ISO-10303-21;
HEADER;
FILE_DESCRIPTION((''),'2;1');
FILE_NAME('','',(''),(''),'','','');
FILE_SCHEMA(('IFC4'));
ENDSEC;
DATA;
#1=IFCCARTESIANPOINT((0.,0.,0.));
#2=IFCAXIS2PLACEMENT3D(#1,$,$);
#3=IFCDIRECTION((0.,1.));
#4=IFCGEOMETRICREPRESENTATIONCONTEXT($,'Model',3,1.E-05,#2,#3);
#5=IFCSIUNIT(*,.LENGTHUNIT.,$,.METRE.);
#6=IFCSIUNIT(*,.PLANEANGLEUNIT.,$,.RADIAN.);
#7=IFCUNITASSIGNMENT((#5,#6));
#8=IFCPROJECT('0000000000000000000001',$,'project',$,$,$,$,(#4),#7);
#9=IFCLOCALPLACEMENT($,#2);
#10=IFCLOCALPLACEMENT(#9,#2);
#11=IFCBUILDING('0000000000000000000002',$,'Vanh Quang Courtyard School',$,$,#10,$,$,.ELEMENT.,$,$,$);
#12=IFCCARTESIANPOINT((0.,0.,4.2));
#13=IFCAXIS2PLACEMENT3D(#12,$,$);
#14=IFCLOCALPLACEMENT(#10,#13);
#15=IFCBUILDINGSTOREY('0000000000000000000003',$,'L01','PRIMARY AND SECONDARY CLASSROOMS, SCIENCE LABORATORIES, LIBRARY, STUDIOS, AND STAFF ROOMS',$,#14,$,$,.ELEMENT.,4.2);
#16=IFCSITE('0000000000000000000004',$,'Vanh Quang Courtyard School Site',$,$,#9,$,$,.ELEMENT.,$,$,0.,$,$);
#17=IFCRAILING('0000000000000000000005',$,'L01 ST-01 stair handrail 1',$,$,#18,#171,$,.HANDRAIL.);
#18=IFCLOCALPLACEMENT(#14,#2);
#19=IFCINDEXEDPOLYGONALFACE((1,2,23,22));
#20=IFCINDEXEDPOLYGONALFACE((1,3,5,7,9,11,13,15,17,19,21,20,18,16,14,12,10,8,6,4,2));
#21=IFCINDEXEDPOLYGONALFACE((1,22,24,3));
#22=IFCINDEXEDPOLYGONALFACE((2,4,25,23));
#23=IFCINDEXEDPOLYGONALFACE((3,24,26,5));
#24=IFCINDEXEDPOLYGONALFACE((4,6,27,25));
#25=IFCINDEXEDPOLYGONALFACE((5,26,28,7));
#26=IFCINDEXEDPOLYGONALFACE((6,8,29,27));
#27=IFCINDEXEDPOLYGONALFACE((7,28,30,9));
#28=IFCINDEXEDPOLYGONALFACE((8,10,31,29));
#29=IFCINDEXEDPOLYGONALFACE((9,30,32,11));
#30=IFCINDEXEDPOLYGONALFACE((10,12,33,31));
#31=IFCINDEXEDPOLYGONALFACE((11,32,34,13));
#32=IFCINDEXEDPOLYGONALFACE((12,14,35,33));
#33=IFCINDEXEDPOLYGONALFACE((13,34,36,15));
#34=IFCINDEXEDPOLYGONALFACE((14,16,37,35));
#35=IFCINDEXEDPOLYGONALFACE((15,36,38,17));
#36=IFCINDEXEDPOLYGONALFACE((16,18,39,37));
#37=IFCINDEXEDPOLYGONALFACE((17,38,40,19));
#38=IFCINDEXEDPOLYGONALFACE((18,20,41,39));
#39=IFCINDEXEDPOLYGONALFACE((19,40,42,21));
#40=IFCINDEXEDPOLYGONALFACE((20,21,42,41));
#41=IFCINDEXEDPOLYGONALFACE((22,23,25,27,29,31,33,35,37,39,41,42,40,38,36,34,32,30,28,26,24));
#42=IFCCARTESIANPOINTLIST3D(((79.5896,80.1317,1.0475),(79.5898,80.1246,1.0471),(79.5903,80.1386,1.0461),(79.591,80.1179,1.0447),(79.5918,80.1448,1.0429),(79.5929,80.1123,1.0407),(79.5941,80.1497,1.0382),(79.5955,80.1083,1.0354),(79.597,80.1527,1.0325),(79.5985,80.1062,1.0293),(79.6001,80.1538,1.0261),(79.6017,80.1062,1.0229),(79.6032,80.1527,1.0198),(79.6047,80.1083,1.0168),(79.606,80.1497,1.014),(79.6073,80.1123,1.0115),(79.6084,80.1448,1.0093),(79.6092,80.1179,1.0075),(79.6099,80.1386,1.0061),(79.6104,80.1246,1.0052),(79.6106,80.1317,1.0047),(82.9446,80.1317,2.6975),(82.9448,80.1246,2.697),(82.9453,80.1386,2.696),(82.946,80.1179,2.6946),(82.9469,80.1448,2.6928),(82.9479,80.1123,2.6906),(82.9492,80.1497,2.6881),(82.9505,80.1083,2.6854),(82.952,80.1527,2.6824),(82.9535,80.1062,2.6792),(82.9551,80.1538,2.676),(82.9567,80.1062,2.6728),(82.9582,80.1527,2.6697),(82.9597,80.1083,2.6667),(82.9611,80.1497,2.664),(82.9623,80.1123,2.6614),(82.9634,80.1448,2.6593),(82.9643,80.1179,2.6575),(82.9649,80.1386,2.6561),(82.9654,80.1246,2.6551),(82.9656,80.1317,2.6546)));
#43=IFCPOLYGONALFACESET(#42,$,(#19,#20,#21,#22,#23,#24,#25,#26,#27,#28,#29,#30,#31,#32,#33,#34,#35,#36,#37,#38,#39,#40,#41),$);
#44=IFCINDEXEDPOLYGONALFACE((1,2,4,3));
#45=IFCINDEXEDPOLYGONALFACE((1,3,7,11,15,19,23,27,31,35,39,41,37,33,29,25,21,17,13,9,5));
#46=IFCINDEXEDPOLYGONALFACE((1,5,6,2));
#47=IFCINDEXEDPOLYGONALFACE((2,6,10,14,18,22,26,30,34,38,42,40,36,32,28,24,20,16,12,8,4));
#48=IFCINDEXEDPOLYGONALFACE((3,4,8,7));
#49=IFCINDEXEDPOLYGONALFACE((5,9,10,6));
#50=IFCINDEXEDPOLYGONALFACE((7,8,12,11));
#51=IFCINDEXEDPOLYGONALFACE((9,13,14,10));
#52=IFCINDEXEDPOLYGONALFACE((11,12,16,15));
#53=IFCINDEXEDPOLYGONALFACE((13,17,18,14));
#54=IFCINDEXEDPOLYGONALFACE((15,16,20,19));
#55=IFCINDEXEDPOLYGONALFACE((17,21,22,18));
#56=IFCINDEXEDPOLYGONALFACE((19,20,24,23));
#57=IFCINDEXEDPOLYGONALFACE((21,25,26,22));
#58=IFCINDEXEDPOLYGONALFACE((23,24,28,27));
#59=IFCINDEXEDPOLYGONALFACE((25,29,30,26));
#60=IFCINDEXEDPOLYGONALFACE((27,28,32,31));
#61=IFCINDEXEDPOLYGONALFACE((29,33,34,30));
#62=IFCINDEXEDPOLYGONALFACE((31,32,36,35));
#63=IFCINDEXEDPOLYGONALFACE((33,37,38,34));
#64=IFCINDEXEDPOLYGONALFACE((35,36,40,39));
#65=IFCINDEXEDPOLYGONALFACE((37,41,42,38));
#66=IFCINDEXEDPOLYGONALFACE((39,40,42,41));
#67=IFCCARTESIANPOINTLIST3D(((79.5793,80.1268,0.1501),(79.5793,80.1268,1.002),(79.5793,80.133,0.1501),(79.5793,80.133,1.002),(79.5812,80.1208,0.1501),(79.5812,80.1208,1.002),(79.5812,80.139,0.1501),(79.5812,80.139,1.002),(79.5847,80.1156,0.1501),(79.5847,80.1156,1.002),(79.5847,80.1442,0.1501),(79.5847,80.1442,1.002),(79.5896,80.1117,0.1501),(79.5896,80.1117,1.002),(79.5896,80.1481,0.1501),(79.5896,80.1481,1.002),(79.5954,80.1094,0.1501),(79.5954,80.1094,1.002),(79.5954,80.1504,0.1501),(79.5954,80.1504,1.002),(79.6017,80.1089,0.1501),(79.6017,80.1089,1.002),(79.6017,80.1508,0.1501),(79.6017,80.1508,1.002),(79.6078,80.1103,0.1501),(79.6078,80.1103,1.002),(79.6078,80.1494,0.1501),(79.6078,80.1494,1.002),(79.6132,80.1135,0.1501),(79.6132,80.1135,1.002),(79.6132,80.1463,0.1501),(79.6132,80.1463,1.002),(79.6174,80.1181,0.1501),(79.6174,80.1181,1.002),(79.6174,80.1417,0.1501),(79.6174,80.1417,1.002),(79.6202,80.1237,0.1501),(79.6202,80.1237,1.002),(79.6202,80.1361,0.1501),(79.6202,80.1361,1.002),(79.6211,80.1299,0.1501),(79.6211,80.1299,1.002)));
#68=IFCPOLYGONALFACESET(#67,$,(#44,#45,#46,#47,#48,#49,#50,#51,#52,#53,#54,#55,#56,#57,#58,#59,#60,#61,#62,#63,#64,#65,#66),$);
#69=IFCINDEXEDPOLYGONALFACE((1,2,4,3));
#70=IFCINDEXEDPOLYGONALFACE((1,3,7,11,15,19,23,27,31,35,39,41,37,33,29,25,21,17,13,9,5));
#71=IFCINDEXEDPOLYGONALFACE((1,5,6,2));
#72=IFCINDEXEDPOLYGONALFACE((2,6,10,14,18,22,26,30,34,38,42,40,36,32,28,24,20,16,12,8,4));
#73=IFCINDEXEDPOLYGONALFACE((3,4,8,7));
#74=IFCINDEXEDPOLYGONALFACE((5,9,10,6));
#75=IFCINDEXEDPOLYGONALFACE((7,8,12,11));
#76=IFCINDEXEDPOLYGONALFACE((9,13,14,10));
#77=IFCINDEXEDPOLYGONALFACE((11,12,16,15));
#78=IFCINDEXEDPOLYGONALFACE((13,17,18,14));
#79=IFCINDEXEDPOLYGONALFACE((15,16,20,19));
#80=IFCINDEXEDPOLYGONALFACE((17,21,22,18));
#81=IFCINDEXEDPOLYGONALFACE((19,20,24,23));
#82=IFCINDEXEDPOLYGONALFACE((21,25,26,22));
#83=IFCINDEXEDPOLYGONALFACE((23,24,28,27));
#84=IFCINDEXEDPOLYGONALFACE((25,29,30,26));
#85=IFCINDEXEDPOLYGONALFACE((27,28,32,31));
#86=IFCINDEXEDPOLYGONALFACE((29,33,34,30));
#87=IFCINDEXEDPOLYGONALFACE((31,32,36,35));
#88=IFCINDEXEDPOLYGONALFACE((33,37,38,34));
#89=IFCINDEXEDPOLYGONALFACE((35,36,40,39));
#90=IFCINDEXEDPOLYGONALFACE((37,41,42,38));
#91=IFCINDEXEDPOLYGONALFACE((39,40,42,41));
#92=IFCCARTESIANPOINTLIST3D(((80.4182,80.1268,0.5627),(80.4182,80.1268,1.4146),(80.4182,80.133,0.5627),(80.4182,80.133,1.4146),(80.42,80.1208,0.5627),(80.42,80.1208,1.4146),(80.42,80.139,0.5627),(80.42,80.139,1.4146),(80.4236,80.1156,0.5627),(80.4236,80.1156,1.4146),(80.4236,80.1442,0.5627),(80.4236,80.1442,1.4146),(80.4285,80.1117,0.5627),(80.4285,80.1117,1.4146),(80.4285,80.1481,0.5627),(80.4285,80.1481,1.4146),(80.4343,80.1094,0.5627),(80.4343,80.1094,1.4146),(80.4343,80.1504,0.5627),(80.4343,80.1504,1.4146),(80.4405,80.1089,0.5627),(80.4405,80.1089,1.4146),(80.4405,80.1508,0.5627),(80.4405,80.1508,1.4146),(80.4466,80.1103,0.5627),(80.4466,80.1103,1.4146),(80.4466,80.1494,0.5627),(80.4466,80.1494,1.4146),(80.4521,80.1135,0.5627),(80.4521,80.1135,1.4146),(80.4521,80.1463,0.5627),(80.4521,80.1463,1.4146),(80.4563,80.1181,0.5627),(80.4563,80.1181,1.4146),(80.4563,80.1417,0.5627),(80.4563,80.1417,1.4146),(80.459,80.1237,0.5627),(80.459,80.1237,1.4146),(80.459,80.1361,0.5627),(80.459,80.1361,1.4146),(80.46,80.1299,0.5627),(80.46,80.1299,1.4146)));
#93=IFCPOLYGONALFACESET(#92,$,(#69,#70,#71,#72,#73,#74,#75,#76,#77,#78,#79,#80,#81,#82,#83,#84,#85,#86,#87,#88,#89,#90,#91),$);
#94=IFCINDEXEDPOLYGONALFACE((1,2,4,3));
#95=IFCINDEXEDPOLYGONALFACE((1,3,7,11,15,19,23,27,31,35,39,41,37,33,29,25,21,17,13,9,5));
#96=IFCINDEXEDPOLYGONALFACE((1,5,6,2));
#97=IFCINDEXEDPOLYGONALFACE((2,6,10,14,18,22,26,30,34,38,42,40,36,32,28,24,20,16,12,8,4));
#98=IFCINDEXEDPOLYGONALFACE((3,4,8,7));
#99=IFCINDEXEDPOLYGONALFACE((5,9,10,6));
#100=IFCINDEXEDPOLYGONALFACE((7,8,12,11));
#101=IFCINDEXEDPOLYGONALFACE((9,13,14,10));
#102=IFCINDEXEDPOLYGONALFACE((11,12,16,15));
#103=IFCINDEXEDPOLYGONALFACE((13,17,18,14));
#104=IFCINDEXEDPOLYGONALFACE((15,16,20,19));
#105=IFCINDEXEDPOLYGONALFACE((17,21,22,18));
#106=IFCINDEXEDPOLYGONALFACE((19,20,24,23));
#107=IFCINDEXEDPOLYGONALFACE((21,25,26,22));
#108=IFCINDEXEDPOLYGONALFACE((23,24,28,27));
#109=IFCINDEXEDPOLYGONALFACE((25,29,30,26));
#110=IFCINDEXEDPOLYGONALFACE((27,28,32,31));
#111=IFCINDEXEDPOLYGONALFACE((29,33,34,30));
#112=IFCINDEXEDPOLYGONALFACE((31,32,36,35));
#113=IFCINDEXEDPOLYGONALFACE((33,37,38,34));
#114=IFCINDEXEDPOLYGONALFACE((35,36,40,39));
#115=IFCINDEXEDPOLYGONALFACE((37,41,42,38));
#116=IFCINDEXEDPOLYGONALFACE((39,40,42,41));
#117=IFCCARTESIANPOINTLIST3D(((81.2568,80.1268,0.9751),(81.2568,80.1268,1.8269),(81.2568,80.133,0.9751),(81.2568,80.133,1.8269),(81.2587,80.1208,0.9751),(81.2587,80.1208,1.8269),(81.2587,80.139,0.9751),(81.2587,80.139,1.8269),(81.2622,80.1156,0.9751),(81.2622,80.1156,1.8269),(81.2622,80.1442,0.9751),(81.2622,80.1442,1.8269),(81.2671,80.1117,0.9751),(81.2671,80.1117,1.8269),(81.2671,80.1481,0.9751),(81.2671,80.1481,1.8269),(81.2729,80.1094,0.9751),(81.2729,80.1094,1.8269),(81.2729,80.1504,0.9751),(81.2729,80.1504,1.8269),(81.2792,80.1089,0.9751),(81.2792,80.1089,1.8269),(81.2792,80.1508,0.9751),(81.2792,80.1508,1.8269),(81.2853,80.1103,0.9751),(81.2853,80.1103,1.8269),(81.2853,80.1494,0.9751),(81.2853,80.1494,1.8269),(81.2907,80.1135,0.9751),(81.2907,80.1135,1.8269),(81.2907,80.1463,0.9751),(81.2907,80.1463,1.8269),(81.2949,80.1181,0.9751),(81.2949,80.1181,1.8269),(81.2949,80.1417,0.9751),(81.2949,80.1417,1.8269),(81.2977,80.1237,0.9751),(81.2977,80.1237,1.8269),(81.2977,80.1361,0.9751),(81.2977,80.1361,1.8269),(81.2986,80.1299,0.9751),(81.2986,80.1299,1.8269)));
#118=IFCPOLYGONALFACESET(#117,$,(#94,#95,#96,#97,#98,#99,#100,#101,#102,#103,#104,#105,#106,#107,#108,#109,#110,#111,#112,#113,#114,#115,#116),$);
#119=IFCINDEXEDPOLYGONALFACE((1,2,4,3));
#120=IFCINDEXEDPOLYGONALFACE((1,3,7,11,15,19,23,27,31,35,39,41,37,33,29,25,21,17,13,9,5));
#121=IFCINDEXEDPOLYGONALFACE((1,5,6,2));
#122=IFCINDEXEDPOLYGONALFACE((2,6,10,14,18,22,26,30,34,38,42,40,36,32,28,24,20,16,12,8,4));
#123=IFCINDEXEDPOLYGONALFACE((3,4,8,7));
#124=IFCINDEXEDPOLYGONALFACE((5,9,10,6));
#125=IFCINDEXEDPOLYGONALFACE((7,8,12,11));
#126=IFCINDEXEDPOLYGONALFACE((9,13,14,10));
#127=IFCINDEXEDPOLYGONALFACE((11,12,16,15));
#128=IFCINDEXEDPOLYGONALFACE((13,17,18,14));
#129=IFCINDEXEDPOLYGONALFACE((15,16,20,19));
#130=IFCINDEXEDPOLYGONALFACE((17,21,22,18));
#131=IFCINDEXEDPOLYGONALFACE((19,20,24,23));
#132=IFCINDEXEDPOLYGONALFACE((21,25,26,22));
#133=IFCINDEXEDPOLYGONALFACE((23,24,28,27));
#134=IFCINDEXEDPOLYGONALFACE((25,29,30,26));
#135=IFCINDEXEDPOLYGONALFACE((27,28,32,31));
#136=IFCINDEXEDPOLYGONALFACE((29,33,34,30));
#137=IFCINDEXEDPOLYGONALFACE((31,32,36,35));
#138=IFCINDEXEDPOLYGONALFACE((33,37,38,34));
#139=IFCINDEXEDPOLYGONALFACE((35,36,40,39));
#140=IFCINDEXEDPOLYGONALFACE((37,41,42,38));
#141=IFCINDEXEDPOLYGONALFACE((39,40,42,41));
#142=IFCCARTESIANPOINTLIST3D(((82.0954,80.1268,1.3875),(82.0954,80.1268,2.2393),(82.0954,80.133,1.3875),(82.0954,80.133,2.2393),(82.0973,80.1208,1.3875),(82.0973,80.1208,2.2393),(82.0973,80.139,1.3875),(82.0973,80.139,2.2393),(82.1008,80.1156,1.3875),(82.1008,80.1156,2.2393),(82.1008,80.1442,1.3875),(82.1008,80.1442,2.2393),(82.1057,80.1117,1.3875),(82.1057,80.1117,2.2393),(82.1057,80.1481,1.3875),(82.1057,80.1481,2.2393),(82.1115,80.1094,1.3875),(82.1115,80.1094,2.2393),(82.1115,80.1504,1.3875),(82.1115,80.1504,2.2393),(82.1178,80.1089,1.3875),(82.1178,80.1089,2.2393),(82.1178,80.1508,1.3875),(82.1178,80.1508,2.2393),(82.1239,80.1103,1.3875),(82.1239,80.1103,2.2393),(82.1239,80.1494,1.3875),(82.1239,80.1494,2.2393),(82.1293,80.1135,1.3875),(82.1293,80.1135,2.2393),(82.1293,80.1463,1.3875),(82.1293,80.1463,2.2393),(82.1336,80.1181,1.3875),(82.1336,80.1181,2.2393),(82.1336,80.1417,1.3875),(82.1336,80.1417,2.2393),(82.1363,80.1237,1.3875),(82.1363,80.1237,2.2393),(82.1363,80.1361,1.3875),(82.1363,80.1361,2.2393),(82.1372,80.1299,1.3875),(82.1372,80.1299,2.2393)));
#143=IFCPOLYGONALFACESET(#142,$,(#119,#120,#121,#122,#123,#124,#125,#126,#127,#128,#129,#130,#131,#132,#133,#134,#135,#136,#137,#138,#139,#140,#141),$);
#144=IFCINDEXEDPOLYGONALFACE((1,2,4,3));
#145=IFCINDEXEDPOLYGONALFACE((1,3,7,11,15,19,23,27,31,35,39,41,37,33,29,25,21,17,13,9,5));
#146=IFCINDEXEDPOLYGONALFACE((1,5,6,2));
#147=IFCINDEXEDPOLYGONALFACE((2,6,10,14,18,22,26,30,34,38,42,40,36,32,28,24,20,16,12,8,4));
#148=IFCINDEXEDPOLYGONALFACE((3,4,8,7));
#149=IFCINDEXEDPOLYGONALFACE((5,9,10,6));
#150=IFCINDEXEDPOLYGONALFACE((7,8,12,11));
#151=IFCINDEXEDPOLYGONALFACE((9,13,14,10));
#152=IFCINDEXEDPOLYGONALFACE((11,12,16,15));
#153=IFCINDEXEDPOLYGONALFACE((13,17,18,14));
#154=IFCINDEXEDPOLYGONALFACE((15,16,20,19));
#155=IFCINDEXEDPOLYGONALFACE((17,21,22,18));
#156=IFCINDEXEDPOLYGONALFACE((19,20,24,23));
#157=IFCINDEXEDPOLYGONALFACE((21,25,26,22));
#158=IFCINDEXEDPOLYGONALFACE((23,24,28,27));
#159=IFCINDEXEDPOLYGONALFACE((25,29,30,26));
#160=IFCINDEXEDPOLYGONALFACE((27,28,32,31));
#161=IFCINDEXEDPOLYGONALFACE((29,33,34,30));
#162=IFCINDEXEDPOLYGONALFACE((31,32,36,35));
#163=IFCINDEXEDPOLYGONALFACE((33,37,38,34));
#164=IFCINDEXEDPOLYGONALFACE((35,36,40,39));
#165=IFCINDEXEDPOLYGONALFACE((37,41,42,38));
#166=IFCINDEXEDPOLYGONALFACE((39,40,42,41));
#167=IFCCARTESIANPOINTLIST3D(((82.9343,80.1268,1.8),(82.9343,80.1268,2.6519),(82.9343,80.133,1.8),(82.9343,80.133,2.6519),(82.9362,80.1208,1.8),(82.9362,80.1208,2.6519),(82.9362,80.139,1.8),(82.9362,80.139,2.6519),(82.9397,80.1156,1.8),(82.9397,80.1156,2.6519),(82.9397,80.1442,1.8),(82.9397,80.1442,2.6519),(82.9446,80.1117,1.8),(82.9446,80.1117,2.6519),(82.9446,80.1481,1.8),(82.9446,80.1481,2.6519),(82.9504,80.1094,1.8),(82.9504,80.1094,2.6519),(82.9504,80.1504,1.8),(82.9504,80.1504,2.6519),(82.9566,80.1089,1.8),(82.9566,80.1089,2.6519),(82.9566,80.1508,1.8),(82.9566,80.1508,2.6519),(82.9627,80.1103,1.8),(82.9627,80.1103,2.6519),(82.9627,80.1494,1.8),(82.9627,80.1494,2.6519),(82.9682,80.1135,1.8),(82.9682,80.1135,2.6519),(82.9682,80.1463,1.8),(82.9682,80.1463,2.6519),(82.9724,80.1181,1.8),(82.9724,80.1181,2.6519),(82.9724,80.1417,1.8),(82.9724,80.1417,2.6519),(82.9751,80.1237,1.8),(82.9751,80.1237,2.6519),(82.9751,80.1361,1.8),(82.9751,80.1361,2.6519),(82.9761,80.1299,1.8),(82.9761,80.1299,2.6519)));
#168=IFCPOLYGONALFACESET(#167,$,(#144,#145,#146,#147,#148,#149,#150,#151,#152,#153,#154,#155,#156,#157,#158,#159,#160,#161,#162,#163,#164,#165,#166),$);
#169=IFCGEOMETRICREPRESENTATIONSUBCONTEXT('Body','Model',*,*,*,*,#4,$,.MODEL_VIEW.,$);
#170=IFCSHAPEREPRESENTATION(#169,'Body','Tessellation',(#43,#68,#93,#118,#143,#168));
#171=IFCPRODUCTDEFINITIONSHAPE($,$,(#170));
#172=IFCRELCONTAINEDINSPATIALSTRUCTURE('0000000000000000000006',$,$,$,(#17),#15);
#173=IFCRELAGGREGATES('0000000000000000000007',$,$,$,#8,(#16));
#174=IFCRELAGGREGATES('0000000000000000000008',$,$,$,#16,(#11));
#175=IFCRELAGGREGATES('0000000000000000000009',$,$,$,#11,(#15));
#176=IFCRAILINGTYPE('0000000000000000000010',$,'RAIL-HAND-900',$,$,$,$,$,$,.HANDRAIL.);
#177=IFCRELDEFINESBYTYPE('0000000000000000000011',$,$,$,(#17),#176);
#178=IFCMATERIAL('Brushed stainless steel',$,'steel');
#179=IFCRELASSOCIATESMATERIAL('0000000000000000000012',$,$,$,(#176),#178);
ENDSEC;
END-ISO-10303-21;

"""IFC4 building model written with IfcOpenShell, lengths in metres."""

from ifc_helpers import new_model, si_unit, direction, frame, origin, origin_2d, place, context, subcontext, project, spatial, circle, extrude, material, type_object, element, save


model = new_model("IFC4")

# Units and contexts
model_context = context("Model", 3, precision=1e-05, world=origin(), true_north=direction((0.0, 1.0)))
body_context = subcontext(model_context, "Body", "Model", "MODEL_VIEW")
ifc_project = project(units=[si_unit("LENGTHUNIT", "METRE"), si_unit("PLANEANGLEUNIT", "RADIAN")], contexts=[model_context])

# Site, building, storey
site_placement = place(None, origin())
site = spatial("IfcSite", under=ifc_project, at=site_placement, Name="Vanh Quang Courtyard School Site", CompositionType="ELEMENT", RefElevation=0.0)
building_placement = place(site_placement, origin())
building = spatial("IfcBuilding", under=site, at=building_placement, Name="Vanh Quang Courtyard School", CompositionType="ELEMENT")
storey_placement = place(building_placement, frame((0.0, 0.0, 4.2)))
storey = spatial("IfcBuildingStorey", under=building, at=storey_placement, Name="L01", Description="PRIMARY AND SECONDARY CLASSROOMS, SCIENCE LABORATORIES, LIBRARY, STUDIOS, AND STAFF ROOMS", CompositionType="ELEMENT", Elevation=4.2)

# Railing
ifc_material_1 = material(Name="Brushed stainless steel", Category="steel")
railing_type_1 = type_object("IfcRailingType", Name="RAIL-HAND-900", PredefinedType="HANDRAIL", material=ifc_material_1)
railing_1_placement = place(storey_placement, frame((79.6001, 80.1299, 0.1501)))
element("IfcRailing", 1, at=railing_1_placement, inside=storey, type_object=railing_type_1, Name="L01 ST-01 stair handrail 1", PredefinedType="HANDRAIL", context=body_context, shape_type="SweptSolid", body=[
    extrude(circle(Radius=0.0239, at=origin_2d()), frame((0.0, 0.0, 0.876), z_axis=(0.897359, 0.0, 0.441301), x_axis=(0.0, 1.0, 0.0)), (0.0, 0.0, 1.0), 3.7388),
    extrude(circle(Radius=0.021, at=origin_2d()), origin(), (0.0, 0.0, 1.0), 0.8518),
    extrude(circle(Radius=0.021, at=origin_2d()), frame((0.8389, 0.0, 0.4126)), (0.0, 0.0, 1.0), 0.8518),
    extrude(circle(Radius=0.021, at=origin_2d()), frame((1.6775, 0.0, 0.825)), (0.0, 0.0, 1.0), 0.8518),
    extrude(circle(Radius=0.021, at=origin_2d()), frame((2.5161, 0.0, 1.2373)), (0.0, 0.0, 1.0), 0.8518),
    extrude(circle(Radius=0.021, at=origin_2d()), frame((3.355, 0.0, 1.6499)), (0.0, 0.0, 1.0), 0.8518),
])

save(model, "model.ifc")
